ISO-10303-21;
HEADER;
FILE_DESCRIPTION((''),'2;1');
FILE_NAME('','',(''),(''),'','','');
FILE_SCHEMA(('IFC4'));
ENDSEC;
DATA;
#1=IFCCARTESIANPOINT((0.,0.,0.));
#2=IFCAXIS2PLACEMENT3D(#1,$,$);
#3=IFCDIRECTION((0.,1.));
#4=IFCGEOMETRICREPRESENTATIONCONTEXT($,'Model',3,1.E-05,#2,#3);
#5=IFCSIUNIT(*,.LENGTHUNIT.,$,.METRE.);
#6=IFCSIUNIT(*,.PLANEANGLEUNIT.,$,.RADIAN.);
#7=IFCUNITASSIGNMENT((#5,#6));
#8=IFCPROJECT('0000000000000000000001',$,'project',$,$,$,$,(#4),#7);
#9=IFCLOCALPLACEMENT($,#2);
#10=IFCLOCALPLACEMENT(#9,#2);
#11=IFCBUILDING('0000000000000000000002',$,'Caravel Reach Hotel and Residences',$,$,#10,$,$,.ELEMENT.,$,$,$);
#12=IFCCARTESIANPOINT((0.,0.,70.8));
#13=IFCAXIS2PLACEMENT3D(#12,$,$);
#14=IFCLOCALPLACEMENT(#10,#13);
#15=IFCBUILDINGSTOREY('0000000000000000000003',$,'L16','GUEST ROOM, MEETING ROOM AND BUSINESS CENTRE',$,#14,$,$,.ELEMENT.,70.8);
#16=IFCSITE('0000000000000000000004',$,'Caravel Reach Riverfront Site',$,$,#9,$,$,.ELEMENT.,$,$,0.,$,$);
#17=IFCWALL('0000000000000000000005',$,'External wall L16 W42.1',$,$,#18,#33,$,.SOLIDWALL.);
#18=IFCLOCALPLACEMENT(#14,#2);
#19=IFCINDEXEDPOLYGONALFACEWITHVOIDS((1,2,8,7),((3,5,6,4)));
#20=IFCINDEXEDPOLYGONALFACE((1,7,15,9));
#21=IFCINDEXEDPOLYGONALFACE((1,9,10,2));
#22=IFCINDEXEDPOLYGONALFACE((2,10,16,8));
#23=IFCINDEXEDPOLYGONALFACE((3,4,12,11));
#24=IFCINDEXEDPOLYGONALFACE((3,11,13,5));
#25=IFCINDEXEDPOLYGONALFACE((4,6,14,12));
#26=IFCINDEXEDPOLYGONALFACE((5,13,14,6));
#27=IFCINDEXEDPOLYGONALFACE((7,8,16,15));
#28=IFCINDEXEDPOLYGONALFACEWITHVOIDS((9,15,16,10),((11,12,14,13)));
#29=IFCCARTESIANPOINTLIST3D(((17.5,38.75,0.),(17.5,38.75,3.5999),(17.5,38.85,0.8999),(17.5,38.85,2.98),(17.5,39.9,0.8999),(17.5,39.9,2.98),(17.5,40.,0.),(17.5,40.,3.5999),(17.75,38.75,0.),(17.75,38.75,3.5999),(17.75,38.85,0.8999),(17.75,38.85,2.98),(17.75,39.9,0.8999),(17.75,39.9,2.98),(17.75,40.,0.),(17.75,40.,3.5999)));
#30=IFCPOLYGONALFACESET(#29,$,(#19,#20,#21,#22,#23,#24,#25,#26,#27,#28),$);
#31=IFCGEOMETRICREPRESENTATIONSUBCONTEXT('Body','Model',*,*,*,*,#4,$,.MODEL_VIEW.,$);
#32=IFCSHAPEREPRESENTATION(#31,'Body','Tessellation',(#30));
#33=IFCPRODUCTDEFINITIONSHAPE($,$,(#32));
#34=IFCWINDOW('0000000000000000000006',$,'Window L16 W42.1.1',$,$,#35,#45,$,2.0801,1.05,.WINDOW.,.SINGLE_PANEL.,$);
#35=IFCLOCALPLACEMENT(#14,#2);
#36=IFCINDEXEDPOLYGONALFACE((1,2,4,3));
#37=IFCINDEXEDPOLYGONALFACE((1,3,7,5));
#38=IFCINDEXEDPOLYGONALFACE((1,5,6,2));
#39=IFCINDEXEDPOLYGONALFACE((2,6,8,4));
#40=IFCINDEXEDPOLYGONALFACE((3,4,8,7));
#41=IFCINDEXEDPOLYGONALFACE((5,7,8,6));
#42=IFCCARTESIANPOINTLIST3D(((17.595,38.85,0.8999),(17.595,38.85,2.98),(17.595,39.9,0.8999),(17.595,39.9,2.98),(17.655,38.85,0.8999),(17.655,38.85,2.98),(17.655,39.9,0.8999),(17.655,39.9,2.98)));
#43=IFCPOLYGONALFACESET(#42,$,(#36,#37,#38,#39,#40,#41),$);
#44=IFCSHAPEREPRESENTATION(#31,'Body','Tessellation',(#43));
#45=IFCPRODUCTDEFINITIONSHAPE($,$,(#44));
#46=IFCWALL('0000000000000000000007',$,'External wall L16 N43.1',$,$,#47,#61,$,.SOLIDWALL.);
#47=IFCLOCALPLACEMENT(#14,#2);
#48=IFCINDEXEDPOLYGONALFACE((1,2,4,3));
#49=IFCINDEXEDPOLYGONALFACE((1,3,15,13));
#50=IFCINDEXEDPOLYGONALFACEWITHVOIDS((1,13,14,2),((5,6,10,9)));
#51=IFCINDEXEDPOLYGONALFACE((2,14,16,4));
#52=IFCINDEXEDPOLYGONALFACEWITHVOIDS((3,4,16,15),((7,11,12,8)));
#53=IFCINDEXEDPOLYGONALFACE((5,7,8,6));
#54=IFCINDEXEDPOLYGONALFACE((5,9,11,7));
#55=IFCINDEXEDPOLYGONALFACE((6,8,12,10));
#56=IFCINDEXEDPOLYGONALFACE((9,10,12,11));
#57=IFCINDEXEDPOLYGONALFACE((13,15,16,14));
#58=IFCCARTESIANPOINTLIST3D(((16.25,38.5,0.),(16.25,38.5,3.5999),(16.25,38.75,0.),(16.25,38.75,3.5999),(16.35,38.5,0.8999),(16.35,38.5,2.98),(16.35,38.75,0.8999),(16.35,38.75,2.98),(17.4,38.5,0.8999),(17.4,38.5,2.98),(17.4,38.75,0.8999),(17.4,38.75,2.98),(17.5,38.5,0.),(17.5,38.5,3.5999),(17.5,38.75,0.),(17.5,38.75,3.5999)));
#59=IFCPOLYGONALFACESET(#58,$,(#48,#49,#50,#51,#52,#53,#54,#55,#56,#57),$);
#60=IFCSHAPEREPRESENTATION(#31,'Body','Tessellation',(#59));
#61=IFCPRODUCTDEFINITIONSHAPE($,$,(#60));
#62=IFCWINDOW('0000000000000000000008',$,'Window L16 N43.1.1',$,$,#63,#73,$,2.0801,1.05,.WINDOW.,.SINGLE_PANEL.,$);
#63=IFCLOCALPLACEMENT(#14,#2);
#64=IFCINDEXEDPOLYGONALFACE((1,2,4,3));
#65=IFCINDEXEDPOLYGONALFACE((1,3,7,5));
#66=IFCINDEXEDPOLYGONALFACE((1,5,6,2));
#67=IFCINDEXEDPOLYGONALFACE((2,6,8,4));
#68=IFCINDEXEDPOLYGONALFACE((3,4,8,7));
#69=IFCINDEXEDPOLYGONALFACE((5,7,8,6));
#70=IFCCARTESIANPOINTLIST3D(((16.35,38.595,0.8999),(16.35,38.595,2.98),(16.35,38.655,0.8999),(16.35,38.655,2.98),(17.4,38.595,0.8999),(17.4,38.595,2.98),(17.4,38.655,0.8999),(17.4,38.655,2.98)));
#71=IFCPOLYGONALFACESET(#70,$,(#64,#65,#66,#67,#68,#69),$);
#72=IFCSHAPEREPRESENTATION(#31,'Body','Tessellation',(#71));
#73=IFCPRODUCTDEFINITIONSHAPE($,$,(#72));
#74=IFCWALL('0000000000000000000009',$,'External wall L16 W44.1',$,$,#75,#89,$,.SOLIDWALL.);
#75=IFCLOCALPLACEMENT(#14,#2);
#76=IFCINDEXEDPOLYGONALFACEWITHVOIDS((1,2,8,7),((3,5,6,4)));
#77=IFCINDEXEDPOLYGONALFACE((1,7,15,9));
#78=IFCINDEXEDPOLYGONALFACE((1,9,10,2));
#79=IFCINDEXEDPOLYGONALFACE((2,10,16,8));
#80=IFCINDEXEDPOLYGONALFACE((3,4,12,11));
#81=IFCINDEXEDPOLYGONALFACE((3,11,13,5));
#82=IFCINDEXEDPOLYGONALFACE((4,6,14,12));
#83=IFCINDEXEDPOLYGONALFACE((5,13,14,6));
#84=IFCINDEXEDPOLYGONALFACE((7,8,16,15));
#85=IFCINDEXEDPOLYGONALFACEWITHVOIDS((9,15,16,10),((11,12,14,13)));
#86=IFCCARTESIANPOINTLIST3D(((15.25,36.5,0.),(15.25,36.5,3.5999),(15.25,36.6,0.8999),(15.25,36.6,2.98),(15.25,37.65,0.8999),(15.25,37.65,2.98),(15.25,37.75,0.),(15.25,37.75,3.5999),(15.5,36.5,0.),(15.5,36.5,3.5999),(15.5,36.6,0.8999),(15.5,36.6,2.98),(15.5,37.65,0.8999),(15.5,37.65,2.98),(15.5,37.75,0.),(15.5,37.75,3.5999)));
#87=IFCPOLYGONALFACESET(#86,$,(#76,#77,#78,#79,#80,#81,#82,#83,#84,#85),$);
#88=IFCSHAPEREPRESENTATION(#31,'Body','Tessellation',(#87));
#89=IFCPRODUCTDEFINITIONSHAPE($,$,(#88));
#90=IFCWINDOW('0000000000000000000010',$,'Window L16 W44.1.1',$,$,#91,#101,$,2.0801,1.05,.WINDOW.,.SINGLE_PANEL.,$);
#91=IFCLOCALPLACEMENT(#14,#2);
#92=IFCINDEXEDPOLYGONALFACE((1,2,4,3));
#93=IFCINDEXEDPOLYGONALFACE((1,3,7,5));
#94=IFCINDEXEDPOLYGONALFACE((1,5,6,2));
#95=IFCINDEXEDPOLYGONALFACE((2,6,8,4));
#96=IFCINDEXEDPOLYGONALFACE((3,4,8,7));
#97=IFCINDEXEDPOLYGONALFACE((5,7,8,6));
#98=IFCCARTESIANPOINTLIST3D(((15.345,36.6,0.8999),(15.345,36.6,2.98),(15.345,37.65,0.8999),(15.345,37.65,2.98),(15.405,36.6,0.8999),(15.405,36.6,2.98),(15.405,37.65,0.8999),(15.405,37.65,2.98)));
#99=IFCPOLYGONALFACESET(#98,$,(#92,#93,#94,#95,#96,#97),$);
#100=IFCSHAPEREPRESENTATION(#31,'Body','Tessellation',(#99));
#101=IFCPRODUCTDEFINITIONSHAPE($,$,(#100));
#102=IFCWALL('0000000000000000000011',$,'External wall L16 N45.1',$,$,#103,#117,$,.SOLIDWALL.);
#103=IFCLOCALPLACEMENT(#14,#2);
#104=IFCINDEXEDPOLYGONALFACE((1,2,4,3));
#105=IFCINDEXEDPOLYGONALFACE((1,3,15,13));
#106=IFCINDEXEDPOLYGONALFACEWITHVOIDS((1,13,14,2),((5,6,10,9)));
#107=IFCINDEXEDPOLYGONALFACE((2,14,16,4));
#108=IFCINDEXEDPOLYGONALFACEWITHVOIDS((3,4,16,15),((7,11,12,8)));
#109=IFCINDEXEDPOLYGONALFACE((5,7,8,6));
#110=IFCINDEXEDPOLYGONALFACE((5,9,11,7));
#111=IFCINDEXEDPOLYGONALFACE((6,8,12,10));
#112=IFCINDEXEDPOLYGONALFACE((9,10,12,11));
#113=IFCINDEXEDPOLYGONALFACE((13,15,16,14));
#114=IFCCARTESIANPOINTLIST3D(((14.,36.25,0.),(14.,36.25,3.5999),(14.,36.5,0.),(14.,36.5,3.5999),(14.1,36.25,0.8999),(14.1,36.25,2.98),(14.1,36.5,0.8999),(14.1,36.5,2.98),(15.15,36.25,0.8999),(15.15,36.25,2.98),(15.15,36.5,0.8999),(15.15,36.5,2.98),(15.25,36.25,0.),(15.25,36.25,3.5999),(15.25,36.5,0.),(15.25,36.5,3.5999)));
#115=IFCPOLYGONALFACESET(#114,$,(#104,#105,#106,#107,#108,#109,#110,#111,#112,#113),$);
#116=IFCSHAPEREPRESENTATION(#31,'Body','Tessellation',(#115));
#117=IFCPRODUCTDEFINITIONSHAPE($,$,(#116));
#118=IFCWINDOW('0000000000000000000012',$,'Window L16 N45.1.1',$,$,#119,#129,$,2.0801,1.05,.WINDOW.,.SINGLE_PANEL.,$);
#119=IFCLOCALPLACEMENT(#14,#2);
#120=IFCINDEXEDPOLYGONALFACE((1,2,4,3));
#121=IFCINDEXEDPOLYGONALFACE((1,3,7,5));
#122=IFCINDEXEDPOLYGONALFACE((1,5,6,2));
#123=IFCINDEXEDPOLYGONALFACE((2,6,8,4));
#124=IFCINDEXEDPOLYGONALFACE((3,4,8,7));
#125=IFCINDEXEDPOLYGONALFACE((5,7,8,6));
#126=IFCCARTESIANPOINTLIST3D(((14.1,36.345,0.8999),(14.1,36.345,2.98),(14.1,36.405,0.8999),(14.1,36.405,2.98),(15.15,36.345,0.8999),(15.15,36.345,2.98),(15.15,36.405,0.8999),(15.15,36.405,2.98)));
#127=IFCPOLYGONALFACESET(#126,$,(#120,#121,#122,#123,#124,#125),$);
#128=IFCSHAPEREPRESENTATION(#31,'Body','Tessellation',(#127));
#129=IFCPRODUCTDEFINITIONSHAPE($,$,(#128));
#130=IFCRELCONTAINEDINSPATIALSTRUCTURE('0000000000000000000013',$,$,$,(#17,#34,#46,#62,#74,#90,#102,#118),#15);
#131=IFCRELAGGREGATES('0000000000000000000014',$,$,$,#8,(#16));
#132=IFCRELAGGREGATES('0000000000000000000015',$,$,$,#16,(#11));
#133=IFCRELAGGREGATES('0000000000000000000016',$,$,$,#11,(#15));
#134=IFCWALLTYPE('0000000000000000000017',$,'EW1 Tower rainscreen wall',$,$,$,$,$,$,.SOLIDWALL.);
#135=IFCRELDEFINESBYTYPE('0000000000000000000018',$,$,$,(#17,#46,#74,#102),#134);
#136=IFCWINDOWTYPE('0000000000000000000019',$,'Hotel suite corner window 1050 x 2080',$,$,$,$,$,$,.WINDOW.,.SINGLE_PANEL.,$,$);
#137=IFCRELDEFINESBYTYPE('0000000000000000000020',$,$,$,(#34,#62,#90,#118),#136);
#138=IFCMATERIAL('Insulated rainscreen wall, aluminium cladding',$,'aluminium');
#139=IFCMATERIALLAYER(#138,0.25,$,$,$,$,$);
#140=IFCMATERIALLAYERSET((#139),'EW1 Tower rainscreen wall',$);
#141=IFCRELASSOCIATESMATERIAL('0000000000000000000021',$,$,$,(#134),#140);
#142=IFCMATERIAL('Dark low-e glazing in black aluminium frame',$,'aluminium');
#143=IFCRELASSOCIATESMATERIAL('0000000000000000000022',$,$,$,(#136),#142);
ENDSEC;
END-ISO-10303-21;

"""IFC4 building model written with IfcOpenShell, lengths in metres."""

from ifc_helpers import new_model, si_unit, direction, frame, frame_2d, origin, place, context, subcontext, project, spatial, rectangle, extrude, material, layer, layer_set, type_object, element, fill, save


model = new_model("IFC4")

# Units and contexts
model_context = context("Model", 3, precision=1e-05, world=origin(), true_north=direction((0.0, 1.0)))
body_context = subcontext(model_context, "Body", "Model", "MODEL_VIEW")
ifc_project = project(units=[si_unit("LENGTHUNIT", "METRE"), si_unit("PLANEANGLEUNIT", "RADIAN")], contexts=[model_context])

# Site, building, storey
site_placement = place(None, origin())
site = spatial("IfcSite", under=ifc_project, at=site_placement, Name="Caravel Reach Riverfront Site", CompositionType="ELEMENT", RefElevation=0.0)
building_placement = place(site_placement, origin())
building = spatial("IfcBuilding", under=site, at=building_placement, Name="Caravel Reach Hotel and Residences", CompositionType="ELEMENT")
storey_placement = place(building_placement, frame((0.0, 0.0, 70.8)))
storey = spatial("IfcBuildingStorey", under=building, at=storey_placement, Name="L16", Description="GUEST ROOM, MEETING ROOM AND BUSINESS CENTRE", CompositionType="ELEMENT", Elevation=70.8)

# Walls, openings, windows
ifc_material_1 = material(Name="Insulated rainscreen wall, aluminium cladding", Category="aluminium")
ifc_layer = layer(ifc_material_1, 0.25)
ifc_layer_set = layer_set([ifc_layer], Name="EW1 Tower rainscreen wall")
wall_type = type_object("IfcWallType", Name="EW1 Tower rainscreen wall", PredefinedType="SOLIDWALL", material=ifc_layer_set)
wall_1_placement = place(storey_placement, frame((17.625, 40.0, 0.0), z_axis=(0.0, 0.0, 1.0), x_axis=(0.0, -1.0, 0.0)))
wall_1 = element("IfcWall", 1, at=wall_1_placement, inside=storey, type_object=wall_type, Name="External wall L16 W42.1", PredefinedType="SOLIDWALL", context=body_context, shape_type="SweptSolid", body=[
    extrude(rectangle(XDim=1.25, YDim=0.25, at=frame_2d((0.625, 0.0))), origin(), (0.0, 0.0, 1.0), 3.5999),
])
opening_1_placement = place(wall_1_placement, frame((0.1001, 0.0, 0.8999)))
opening_1 = element("IfcOpeningElement", 2, at=opening_1_placement, cuts=wall_1, PredefinedType="OPENING", context=body_context, shape_type="SweptSolid", body=[
    extrude(rectangle(XDim=1.05, YDim=2.0801, at=frame_2d((0.5249, 1.04))), frame((0.0, 0.135, 0.0), z_axis=(0.0, -1.0, 0.0), x_axis=(1.0, 0.0, 0.0)), (0.0, 0.0, 1.0), 0.27),
])
ifc_material_2 = material(Name="Dark low-e glazing in black aluminium frame", Category="aluminium")
window_type_1 = type_object("IfcWindowType", Name="Hotel suite corner window 1050 x 2080", PartitioningType="SINGLE_PANEL", PredefinedType="WINDOW", material=ifc_material_2)
window_1_placement = place(opening_1_placement, origin())
window_1 = element("IfcWindow", 3, at=window_1_placement, inside=storey, type_object=window_type_1, Name="Window L16 W42.1.1", OverallHeight=2.0801, OverallWidth=1.05, PartitioningType="SINGLE_PANEL", PredefinedType="WINDOW", context=body_context, shape_type="SweptSolid", body=[
    extrude(rectangle(XDim=1.05, YDim=2.0801, at=frame_2d((0.5249, 1.04))), frame((0.0, 0.03, 0.0), z_axis=(0.0, -1.0, 0.0), x_axis=(1.0, 0.0, 0.0)), (0.0, 0.0, 1.0), 0.0601),
])
fill(opening_1, window_1)
wall_2_placement = place(storey_placement, frame((17.5, 38.625, 0.0), z_axis=(0.0, 0.0, 1.0), x_axis=(-1.0, 0.0, 0.0)))
wall_2 = element("IfcWall", 4, at=wall_2_placement, inside=storey, type_object=wall_type, Name="External wall L16 N43.1", PredefinedType="SOLIDWALL", context=body_context, shape_type="SweptSolid", body=[
    extrude(rectangle(XDim=1.25, YDim=0.25, at=frame_2d((0.625, 0.0))), origin(), (0.0, 0.0, 1.0), 3.5999),
])
opening_2_placement = place(wall_2_placement, frame((0.1001, 0.0, 0.8999)))
opening_2 = element("IfcOpeningElement", 5, at=opening_2_placement, cuts=wall_2, PredefinedType="OPENING", context=body_context, shape_type="SweptSolid", body=[
    extrude(rectangle(XDim=1.05, YDim=2.0801, at=frame_2d((0.5249, 1.04))), frame((0.0, 0.135, 0.0), z_axis=(0.0, -1.0, 0.0), x_axis=(1.0, 0.0, 0.0)), (0.0, 0.0, 1.0), 0.27),
])
window_2_placement = place(opening_2_placement, origin())
window_2 = element("IfcWindow", 6, at=window_2_placement, inside=storey, type_object=window_type_1, Name="Window L16 N43.1.1", OverallHeight=2.0801, OverallWidth=1.05, PartitioningType="SINGLE_PANEL", PredefinedType="WINDOW", context=body_context, shape_type="SweptSolid", body=[
    extrude(rectangle(XDim=1.05, YDim=2.0801, at=frame_2d((0.5249, 1.04))), frame((0.0, 0.03, 0.0), z_axis=(0.0, -1.0, 0.0), x_axis=(1.0, 0.0, 0.0)), (0.0, 0.0, 1.0), 0.0601),
])
fill(opening_2, window_2)
wall_3_placement = place(storey_placement, frame((15.375, 37.75, 0.0), z_axis=(0.0, 0.0, 1.0), x_axis=(0.0, -1.0, 0.0)))
wall_3 = element("IfcWall", 7, at=wall_3_placement, inside=storey, type_object=wall_type, Name="External wall L16 W44.1", PredefinedType="SOLIDWALL", context=body_context, shape_type="SweptSolid", body=[
    extrude(rectangle(XDim=1.25, YDim=0.25, at=frame_2d((0.625, 0.0))), origin(), (0.0, 0.0, 1.0), 3.5999),
])
opening_3_placement = place(wall_3_placement, frame((0.1001, 0.0, 0.8999)))
opening_3 = element("IfcOpeningElement", 8, at=opening_3_placement, cuts=wall_3, PredefinedType="OPENING", context=body_context, shape_type="SweptSolid", body=[
    extrude(rectangle(XDim=1.05, YDim=2.0801, at=frame_2d((0.5249, 1.04))), frame((0.0, 0.135, 0.0), z_axis=(0.0, -1.0, 0.0), x_axis=(1.0, 0.0, 0.0)), (0.0, 0.0, 1.0), 0.27),
])
window_3_placement = place(opening_3_placement, origin())
window_3 = element("IfcWindow", 9, at=window_3_placement, inside=storey, type_object=window_type_1, Name="Window L16 W44.1.1", OverallHeight=2.0801, OverallWidth=1.05, PartitioningType="SINGLE_PANEL", PredefinedType="WINDOW", context=body_context, shape_type="SweptSolid", body=[
    extrude(rectangle(XDim=1.05, YDim=2.0801, at=frame_2d((0.5249, 1.04))), frame((0.0, 0.03, 0.0), z_axis=(0.0, -1.0, 0.0), x_axis=(1.0, 0.0, 0.0)), (0.0, 0.0, 1.0), 0.0601),
])
fill(opening_3, window_3)
wall_4_placement = place(storey_placement, frame((15.25, 36.375, 0.0), z_axis=(0.0, 0.0, 1.0), x_axis=(-1.0, 0.0, 0.0)))
wall_4 = element("IfcWall", 10, at=wall_4_placement, inside=storey, type_object=wall_type, Name="External wall L16 N45.1", PredefinedType="SOLIDWALL", context=body_context, shape_type="SweptSolid", body=[
    extrude(rectangle(XDim=1.25, YDim=0.25, at=frame_2d((0.625, 0.0))), origin(), (0.0, 0.0, 1.0), 3.5999),
])
opening_4_placement = place(wall_4_placement, frame((0.1001, 0.0, 0.8999)))
opening_4 = element("IfcOpeningElement", 11, at=opening_4_placement, cuts=wall_4, PredefinedType="OPENING", context=body_context, shape_type="SweptSolid", body=[
    extrude(rectangle(XDim=1.05, YDim=2.0801, at=frame_2d((0.5249, 1.04))), frame((0.0, 0.135, 0.0), z_axis=(0.0, -1.0, 0.0), x_axis=(1.0, 0.0, 0.0)), (0.0, 0.0, 1.0), 0.27),
])
window_4_placement = place(opening_4_placement, origin())
window_4 = element("IfcWindow", 12, at=window_4_placement, inside=storey, type_object=window_type_1, Name="Window L16 N45.1.1", OverallHeight=2.0801, OverallWidth=1.05, PartitioningType="SINGLE_PANEL", PredefinedType="WINDOW", context=body_context, shape_type="SweptSolid", body=[
    extrude(rectangle(XDim=1.05, YDim=2.0801, at=frame_2d((0.5249, 1.04))), frame((0.0, 0.03, 0.0), z_axis=(0.0, -1.0, 0.0), x_axis=(1.0, 0.0, 0.0)), (0.0, 0.0, 1.0), 0.0601),
])
fill(opening_4, window_4)

save(model, "model.ifc")
